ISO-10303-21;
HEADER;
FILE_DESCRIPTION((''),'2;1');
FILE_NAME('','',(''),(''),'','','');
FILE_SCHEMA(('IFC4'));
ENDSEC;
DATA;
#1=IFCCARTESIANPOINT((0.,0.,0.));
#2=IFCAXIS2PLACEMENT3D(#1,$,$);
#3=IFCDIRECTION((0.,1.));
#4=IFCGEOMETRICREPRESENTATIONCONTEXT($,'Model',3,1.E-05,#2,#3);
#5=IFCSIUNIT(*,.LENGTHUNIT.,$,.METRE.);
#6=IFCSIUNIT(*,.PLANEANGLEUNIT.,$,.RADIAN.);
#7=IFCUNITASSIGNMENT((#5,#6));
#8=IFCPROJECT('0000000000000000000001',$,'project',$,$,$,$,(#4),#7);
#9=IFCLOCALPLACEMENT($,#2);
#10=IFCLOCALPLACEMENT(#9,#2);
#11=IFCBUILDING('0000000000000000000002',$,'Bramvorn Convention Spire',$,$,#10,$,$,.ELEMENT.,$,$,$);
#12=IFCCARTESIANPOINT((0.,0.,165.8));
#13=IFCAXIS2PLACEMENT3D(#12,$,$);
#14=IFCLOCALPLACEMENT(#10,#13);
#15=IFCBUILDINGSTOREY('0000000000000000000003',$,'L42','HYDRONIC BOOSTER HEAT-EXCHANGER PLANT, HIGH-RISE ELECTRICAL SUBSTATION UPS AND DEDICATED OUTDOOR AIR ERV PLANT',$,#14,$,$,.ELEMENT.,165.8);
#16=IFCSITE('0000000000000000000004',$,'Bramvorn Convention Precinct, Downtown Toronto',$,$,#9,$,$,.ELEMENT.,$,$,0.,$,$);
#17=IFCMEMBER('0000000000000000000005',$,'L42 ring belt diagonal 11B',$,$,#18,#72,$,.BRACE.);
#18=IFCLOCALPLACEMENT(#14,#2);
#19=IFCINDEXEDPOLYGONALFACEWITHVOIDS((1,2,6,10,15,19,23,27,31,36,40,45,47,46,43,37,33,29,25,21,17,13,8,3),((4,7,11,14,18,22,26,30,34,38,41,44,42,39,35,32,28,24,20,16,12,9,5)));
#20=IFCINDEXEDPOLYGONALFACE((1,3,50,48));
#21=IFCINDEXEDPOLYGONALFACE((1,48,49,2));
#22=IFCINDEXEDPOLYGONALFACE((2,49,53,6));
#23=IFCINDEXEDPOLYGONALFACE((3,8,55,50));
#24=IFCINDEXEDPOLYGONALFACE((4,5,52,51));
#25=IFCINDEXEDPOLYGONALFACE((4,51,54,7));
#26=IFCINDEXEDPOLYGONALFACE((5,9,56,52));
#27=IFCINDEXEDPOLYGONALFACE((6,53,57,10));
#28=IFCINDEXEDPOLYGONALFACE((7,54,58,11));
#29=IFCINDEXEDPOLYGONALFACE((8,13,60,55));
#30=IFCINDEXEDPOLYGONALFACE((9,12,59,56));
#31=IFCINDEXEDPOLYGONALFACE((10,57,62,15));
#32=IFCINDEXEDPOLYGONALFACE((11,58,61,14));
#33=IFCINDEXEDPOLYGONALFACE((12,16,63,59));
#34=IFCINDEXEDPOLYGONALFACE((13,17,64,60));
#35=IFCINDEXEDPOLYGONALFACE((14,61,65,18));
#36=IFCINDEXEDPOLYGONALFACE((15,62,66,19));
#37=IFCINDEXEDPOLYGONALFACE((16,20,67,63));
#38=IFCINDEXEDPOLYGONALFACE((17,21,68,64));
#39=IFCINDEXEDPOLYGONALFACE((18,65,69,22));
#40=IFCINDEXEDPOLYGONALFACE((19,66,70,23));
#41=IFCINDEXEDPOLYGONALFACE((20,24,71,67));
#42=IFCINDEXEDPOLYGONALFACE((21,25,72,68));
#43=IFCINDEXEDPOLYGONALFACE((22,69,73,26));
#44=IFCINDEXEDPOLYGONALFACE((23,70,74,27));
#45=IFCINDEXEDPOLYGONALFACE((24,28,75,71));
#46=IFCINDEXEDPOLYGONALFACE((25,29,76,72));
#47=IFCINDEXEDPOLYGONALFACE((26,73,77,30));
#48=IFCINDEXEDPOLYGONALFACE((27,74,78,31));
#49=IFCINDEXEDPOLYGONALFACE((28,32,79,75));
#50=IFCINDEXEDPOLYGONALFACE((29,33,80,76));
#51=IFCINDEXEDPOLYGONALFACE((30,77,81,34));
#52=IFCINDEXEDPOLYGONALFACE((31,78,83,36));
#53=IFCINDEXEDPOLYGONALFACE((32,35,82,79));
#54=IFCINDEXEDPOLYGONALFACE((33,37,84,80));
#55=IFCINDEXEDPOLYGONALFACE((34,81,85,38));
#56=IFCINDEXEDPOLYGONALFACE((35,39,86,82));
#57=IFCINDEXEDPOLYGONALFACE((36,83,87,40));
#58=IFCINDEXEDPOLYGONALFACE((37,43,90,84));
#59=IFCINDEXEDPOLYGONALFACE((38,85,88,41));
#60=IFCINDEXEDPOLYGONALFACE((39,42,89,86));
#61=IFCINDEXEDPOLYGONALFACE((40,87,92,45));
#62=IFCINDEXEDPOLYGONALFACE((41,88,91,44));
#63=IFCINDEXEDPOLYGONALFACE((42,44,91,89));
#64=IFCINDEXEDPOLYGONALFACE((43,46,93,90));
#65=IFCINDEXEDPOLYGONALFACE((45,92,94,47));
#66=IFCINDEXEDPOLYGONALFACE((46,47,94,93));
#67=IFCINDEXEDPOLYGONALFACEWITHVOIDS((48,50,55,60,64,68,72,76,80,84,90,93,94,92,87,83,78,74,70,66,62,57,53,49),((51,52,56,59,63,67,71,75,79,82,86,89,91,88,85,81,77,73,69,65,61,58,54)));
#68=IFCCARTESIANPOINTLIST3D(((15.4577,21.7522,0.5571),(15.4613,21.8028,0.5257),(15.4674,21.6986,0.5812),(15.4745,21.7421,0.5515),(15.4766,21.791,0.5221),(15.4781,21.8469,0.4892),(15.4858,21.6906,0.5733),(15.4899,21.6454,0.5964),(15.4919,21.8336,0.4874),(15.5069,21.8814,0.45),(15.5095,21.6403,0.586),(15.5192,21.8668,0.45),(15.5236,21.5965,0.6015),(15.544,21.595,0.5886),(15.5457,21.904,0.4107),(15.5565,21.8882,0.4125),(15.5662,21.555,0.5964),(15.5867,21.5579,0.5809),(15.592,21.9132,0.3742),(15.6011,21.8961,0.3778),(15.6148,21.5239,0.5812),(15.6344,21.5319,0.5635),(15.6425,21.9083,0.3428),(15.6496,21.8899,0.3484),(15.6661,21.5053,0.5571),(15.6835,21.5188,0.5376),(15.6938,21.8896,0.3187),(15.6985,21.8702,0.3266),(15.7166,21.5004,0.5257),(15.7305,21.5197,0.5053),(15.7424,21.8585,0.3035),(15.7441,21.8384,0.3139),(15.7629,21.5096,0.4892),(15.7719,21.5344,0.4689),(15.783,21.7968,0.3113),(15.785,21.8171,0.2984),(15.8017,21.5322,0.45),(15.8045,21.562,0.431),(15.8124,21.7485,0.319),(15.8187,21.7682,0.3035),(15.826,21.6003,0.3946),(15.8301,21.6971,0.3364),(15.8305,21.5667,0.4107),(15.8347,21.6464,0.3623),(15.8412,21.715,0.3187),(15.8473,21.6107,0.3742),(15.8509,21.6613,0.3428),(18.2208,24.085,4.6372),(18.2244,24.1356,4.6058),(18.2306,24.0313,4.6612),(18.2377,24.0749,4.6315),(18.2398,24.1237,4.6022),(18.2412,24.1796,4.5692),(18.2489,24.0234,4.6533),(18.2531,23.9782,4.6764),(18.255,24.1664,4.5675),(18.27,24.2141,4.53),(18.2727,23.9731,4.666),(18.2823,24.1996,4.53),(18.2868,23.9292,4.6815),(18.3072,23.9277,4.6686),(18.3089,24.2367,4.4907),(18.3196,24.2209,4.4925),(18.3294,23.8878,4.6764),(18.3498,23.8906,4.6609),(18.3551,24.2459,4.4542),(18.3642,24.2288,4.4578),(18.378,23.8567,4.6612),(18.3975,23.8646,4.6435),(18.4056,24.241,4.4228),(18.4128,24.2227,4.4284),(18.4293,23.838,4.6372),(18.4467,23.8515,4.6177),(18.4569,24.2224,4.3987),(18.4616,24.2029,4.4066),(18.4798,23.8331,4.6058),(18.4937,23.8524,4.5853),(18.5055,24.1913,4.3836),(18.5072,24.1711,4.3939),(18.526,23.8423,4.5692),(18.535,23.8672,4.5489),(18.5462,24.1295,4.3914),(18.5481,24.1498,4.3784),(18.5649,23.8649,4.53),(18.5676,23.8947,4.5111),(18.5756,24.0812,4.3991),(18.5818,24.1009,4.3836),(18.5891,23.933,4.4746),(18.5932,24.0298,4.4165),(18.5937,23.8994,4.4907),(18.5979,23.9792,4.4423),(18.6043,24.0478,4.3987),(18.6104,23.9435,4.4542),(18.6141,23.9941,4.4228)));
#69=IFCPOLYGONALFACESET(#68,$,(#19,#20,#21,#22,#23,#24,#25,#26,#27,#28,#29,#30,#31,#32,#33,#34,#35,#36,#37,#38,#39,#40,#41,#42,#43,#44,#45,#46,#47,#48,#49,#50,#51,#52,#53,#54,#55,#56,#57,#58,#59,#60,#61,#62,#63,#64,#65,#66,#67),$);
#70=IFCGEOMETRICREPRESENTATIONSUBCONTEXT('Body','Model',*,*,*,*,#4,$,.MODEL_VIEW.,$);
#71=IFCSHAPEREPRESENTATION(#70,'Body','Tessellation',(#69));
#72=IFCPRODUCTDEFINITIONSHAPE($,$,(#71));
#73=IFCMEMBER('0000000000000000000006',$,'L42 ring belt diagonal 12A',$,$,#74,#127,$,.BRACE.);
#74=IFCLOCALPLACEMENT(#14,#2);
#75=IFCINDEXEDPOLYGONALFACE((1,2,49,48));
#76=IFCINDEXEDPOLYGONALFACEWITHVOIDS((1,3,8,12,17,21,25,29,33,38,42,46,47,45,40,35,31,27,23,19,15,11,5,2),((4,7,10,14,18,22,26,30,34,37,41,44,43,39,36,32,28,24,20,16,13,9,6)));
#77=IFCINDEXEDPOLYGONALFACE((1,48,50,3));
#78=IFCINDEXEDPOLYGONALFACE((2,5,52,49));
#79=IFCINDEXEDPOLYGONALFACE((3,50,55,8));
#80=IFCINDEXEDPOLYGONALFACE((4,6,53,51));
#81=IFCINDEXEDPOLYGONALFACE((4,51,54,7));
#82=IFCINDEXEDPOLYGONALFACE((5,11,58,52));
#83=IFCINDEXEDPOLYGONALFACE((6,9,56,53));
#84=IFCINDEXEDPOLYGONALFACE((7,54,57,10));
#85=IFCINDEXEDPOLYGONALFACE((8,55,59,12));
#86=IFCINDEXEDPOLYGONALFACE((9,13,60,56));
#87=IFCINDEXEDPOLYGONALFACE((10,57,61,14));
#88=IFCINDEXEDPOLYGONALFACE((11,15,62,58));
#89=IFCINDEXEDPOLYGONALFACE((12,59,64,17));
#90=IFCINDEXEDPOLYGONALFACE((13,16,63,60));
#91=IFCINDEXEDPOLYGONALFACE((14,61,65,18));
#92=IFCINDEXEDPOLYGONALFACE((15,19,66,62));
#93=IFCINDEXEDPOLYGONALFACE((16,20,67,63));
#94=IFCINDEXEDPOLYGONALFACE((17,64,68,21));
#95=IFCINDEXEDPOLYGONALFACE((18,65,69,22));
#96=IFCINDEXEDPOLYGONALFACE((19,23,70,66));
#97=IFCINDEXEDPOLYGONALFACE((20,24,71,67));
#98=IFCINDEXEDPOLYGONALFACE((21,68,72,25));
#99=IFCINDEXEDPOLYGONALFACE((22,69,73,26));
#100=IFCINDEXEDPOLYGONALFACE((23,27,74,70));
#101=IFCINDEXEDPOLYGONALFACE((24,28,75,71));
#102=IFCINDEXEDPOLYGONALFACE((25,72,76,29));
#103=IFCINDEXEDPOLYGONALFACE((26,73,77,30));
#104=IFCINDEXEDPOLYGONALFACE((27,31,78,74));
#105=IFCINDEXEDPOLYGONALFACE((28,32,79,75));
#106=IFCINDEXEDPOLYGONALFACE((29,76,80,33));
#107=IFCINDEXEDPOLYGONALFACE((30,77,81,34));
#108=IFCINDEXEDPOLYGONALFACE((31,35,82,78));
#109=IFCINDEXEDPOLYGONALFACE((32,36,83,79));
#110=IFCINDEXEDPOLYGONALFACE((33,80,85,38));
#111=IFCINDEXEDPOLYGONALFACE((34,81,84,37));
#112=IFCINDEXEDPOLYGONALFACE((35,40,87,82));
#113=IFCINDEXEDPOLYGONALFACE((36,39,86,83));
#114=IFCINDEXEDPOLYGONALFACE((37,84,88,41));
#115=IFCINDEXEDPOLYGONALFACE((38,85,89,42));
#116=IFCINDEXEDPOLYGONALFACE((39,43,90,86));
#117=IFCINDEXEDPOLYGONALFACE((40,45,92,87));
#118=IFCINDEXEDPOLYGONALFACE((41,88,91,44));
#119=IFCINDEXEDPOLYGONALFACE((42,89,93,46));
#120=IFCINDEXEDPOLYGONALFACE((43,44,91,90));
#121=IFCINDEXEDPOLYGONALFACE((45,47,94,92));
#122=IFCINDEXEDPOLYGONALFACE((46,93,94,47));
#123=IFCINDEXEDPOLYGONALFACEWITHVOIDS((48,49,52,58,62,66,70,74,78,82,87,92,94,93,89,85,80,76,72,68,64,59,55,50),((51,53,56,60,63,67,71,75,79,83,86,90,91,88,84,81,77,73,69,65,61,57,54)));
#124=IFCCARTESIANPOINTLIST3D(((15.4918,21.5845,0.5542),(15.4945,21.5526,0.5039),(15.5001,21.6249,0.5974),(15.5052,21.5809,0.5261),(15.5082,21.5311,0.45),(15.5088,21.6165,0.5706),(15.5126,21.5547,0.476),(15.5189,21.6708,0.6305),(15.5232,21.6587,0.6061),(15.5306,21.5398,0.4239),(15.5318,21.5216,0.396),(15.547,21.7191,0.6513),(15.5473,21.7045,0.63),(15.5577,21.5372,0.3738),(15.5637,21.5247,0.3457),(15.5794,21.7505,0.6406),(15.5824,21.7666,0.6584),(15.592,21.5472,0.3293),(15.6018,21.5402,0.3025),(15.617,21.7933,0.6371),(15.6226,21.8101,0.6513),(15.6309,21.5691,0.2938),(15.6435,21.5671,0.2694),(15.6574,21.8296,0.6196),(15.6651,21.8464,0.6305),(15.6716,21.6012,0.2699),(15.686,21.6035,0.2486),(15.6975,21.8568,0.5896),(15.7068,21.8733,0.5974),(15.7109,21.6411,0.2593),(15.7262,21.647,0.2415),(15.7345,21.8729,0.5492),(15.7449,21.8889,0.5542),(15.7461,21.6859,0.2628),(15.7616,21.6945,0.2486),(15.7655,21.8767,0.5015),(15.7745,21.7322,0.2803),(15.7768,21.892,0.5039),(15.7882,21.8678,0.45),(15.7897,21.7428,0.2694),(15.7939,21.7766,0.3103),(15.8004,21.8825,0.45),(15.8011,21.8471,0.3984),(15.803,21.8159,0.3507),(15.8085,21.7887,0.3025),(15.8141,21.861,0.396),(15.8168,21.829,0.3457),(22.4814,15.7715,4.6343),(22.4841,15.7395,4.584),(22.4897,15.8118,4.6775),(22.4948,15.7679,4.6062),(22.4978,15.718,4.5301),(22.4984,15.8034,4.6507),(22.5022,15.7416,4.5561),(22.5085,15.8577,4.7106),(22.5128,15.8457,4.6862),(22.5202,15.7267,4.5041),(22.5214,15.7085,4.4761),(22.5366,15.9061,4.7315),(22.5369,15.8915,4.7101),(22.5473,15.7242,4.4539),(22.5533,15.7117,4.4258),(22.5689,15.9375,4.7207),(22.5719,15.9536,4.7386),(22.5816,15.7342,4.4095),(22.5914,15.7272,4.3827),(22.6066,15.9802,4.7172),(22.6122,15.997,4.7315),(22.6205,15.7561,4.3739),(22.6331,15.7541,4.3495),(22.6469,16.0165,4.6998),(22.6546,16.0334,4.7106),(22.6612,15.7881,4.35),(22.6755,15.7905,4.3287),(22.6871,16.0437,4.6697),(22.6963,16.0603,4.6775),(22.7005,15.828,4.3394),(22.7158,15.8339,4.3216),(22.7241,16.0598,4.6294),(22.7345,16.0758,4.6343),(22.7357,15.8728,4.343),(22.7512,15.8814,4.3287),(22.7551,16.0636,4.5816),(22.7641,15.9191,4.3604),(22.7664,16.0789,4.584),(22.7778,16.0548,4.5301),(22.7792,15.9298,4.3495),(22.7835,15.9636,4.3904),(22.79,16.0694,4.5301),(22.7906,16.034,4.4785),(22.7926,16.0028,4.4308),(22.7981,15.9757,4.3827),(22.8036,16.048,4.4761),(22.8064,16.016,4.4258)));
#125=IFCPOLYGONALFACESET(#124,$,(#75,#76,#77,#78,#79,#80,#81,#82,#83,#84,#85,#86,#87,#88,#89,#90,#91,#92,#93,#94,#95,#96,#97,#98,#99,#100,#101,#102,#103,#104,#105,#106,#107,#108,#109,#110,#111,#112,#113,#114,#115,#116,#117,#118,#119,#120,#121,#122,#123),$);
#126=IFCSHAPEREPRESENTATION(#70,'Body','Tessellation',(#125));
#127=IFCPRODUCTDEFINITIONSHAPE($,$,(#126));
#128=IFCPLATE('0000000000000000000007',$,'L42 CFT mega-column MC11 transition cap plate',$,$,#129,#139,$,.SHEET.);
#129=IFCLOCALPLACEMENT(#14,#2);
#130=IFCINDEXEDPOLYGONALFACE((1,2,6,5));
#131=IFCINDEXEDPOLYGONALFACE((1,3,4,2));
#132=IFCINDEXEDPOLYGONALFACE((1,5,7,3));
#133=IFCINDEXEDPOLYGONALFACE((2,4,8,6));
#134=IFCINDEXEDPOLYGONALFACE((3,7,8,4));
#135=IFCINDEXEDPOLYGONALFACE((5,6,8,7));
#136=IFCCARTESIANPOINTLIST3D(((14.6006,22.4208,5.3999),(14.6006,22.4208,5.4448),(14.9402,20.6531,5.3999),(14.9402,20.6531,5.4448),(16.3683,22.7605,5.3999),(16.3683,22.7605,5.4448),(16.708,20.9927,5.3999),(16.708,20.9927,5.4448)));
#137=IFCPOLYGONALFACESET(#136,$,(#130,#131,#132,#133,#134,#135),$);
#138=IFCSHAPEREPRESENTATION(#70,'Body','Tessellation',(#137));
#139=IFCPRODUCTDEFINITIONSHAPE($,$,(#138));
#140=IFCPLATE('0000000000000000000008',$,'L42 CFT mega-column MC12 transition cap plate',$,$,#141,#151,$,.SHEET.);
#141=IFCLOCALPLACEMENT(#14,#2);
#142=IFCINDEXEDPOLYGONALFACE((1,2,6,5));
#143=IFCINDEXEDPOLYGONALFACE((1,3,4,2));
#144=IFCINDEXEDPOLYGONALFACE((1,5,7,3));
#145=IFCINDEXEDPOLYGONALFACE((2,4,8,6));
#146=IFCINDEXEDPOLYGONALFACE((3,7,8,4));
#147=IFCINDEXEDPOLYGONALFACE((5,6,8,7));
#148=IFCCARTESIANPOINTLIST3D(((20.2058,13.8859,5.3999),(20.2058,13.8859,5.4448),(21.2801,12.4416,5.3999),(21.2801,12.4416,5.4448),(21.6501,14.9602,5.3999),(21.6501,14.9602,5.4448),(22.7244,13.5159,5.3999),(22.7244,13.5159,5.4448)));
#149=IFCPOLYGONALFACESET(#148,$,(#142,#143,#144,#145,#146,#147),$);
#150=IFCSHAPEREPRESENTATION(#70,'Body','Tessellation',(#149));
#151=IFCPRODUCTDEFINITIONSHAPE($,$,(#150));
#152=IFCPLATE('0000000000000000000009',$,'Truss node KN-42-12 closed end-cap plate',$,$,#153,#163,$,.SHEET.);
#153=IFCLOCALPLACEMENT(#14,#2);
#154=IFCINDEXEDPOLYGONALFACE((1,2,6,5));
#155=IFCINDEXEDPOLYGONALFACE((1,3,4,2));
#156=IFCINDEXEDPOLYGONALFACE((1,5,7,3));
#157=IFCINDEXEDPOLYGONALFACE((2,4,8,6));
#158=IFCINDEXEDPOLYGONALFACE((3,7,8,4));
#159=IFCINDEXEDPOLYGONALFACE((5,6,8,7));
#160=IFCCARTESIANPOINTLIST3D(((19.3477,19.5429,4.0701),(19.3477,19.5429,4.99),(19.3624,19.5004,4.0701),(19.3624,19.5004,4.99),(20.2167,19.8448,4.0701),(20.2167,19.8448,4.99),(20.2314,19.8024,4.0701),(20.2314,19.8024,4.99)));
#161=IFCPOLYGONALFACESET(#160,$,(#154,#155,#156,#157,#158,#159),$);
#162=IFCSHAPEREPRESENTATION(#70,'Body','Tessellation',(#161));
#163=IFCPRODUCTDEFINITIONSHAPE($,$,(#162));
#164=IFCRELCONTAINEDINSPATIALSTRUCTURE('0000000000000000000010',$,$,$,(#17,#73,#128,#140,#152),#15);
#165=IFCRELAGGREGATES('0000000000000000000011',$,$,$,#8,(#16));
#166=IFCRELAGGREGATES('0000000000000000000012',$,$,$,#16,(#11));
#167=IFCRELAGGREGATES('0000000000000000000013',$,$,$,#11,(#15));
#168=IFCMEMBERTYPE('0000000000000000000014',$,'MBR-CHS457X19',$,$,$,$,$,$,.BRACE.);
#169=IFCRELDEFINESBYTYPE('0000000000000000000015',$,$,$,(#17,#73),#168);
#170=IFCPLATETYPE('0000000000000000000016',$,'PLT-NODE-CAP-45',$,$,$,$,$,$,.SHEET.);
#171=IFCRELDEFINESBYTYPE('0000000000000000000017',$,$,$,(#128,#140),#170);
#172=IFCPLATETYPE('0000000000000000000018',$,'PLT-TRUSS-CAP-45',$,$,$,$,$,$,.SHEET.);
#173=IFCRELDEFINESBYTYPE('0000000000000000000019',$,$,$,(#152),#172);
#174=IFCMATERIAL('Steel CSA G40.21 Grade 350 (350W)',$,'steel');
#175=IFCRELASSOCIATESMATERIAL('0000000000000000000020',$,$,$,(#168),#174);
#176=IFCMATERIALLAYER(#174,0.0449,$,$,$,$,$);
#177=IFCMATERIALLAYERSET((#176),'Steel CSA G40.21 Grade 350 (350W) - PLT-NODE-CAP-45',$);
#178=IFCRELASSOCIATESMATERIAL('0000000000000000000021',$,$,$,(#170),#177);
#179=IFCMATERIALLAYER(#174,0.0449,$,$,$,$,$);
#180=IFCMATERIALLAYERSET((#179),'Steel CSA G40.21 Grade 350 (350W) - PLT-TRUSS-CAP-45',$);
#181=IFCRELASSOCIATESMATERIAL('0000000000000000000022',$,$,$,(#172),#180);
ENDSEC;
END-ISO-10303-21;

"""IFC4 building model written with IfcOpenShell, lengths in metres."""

from ifc_helpers import new_model, si_unit, direction, frame, origin, origin_2d, place, context, subcontext, project, spatial, rectangle, hollow_circle, extrude, material, layer, layer_set, material_profile, profile_set, type_object, element, save


model = new_model("IFC4")

# Units and contexts
model_context = context("Model", 3, precision=1e-05, world=origin(), true_north=direction((0.0, 1.0)))
body_context = subcontext(model_context, "Body", "Model", "MODEL_VIEW")
ifc_project = project(units=[si_unit("LENGTHUNIT", "METRE"), si_unit("PLANEANGLEUNIT", "RADIAN")], contexts=[model_context])

# Site, building, storey
site_placement = place(None, origin())
site = spatial("IfcSite", under=ifc_project, at=site_placement, Name="Bramvorn Convention Precinct, Downtown Toronto", CompositionType="ELEMENT", RefElevation=0.0)
building_placement = place(site_placement, origin())
building = spatial("IfcBuilding", under=site, at=building_placement, Name="Bramvorn Convention Spire", CompositionType="ELEMENT")
storey_placement = place(building_placement, frame((0.0, 0.0, 165.8)))
storey = spatial("IfcBuildingStorey", under=building, at=storey_placement, Name="L42", Description="HYDRONIC BOOSTER HEAT-EXCHANGER PLANT, HIGH-RISE ELECTRICAL SUBSTATION UPS AND DEDICATED OUTDOOR AIR ERV PLANT", CompositionType="ELEMENT", Elevation=165.8)

# Shared definitions
ifc_material_1 = material(Name="Steel CSA G40.21 Grade 350 (350W)", Category="steel")

# Members
ifc_material_profile_1 = material_profile(ifc_material_1, hollow_circle(Radius=0.2285, WallThickness=0.019, at=origin_2d()))
ifc_profile_set_1 = profile_set([ifc_material_profile_1], Name="Steel CSA G40.21 Grade 350 (350W) - CHS457X19")
member_type_1 = type_object("IfcMemberType", Name="MBR-CHS457X19", PredefinedType="BRACE", material=ifc_profile_set_1)
member_1_placement = place(storey_placement, frame((15.6543, 21.7068, 0.45), z_axis=(0.506823, 0.427875, 0.748367), x_axis=(-0.645085, 0.764111, 0.0)))
element("IfcMember", 1, at=member_1_placement, inside=storey, type_object=member_type_1, Name="L42 ring belt diagonal 11B", PredefinedType="BRACE", context=body_context, shape_type="SweptSolid", body=[
    extrude(hollow_circle(Radius=0.2285, WallThickness=0.019, at=origin_2d()), origin(), (0.0, 0.0, 1.0), 5.4519),
])
member_2_placement = place(storey_placement, frame((15.6543, 21.7068, 0.45), z_axis=(0.701441, -0.583371, 0.409462), x_axis=(0.639431, 0.768848, 0.0)))
element("IfcMember", 2, at=member_2_placement, inside=storey, type_object=member_type_1, Name="L42 ring belt diagonal 12A", PredefinedType="BRACE", context=body_context, shape_type="SweptSolid", body=[
    extrude(hollow_circle(Radius=0.2285, WallThickness=0.019, at=origin_2d()), origin(), (0.0, 0.0, 1.0), 9.9646),
])

# Plates
ifc_layer_1 = layer(ifc_material_1, 0.0449)
ifc_layer_set_1 = layer_set([ifc_layer_1], Name="Steel CSA G40.21 Grade 350 (350W) - PLT-NODE-CAP-45")
plate_type_1 = type_object("IfcPlateType", Name="PLT-NODE-CAP-45", PredefinedType="SHEET", material=ifc_layer_set_1)
for number, where, z_axis, x_axis, name in (
    (3, (15.6543, 21.7068, 5.3999), (0.0, 0.0, 1.0), (-0.98204, -0.188672, 0.0), "L42 CFT mega-column MC11 transition cap plate"),
    (4, (21.4651, 13.7009, 5.3999), (0.0, 0.0, 1.0), (-0.802372, -0.596824, 0.0), "L42 CFT mega-column MC12 transition cap plate"),
):
    element("IfcPlate", number, at=place(storey_placement, frame(where, z_axis=z_axis, x_axis=x_axis)), inside=storey, type_object=plate_type_1, Name=name, PredefinedType="SHEET", context=body_context, shape_type="SweptSolid", body=[
        extrude(rectangle(XDim=1.8, YDim=1.8, at=origin_2d()), origin(), (0.0, 0.0, 1.0), 0.0449),
    ])
ifc_layer_2 = layer(ifc_material_1, 0.0449)
ifc_layer_set_2 = layer_set([ifc_layer_2], Name="Steel CSA G40.21 Grade 350 (350W) - PLT-TRUSS-CAP-45")
plate_type_2 = type_object("IfcPlateType", Name="PLT-TRUSS-CAP-45", PredefinedType="SHEET", material=ifc_layer_set_2)
plate_placement = place(storey_placement, frame((19.7896, 19.6726, 4.0701), z_axis=(0.0, 0.0, 1.0), x_axis=(-0.944605, -0.328208, 0.0)))
element("IfcPlate", 5, at=plate_placement, inside=storey, type_object=plate_type_2, Name="Truss node KN-42-12 closed end-cap plate", PredefinedType="SHEET", context=body_context, shape_type="SweptSolid", body=[
    extrude(rectangle(XDim=0.9199, YDim=0.0449, at=origin_2d()), origin(), (0.0, 0.0, 1.0), 0.9199),
])

save(model, "model.ifc")
